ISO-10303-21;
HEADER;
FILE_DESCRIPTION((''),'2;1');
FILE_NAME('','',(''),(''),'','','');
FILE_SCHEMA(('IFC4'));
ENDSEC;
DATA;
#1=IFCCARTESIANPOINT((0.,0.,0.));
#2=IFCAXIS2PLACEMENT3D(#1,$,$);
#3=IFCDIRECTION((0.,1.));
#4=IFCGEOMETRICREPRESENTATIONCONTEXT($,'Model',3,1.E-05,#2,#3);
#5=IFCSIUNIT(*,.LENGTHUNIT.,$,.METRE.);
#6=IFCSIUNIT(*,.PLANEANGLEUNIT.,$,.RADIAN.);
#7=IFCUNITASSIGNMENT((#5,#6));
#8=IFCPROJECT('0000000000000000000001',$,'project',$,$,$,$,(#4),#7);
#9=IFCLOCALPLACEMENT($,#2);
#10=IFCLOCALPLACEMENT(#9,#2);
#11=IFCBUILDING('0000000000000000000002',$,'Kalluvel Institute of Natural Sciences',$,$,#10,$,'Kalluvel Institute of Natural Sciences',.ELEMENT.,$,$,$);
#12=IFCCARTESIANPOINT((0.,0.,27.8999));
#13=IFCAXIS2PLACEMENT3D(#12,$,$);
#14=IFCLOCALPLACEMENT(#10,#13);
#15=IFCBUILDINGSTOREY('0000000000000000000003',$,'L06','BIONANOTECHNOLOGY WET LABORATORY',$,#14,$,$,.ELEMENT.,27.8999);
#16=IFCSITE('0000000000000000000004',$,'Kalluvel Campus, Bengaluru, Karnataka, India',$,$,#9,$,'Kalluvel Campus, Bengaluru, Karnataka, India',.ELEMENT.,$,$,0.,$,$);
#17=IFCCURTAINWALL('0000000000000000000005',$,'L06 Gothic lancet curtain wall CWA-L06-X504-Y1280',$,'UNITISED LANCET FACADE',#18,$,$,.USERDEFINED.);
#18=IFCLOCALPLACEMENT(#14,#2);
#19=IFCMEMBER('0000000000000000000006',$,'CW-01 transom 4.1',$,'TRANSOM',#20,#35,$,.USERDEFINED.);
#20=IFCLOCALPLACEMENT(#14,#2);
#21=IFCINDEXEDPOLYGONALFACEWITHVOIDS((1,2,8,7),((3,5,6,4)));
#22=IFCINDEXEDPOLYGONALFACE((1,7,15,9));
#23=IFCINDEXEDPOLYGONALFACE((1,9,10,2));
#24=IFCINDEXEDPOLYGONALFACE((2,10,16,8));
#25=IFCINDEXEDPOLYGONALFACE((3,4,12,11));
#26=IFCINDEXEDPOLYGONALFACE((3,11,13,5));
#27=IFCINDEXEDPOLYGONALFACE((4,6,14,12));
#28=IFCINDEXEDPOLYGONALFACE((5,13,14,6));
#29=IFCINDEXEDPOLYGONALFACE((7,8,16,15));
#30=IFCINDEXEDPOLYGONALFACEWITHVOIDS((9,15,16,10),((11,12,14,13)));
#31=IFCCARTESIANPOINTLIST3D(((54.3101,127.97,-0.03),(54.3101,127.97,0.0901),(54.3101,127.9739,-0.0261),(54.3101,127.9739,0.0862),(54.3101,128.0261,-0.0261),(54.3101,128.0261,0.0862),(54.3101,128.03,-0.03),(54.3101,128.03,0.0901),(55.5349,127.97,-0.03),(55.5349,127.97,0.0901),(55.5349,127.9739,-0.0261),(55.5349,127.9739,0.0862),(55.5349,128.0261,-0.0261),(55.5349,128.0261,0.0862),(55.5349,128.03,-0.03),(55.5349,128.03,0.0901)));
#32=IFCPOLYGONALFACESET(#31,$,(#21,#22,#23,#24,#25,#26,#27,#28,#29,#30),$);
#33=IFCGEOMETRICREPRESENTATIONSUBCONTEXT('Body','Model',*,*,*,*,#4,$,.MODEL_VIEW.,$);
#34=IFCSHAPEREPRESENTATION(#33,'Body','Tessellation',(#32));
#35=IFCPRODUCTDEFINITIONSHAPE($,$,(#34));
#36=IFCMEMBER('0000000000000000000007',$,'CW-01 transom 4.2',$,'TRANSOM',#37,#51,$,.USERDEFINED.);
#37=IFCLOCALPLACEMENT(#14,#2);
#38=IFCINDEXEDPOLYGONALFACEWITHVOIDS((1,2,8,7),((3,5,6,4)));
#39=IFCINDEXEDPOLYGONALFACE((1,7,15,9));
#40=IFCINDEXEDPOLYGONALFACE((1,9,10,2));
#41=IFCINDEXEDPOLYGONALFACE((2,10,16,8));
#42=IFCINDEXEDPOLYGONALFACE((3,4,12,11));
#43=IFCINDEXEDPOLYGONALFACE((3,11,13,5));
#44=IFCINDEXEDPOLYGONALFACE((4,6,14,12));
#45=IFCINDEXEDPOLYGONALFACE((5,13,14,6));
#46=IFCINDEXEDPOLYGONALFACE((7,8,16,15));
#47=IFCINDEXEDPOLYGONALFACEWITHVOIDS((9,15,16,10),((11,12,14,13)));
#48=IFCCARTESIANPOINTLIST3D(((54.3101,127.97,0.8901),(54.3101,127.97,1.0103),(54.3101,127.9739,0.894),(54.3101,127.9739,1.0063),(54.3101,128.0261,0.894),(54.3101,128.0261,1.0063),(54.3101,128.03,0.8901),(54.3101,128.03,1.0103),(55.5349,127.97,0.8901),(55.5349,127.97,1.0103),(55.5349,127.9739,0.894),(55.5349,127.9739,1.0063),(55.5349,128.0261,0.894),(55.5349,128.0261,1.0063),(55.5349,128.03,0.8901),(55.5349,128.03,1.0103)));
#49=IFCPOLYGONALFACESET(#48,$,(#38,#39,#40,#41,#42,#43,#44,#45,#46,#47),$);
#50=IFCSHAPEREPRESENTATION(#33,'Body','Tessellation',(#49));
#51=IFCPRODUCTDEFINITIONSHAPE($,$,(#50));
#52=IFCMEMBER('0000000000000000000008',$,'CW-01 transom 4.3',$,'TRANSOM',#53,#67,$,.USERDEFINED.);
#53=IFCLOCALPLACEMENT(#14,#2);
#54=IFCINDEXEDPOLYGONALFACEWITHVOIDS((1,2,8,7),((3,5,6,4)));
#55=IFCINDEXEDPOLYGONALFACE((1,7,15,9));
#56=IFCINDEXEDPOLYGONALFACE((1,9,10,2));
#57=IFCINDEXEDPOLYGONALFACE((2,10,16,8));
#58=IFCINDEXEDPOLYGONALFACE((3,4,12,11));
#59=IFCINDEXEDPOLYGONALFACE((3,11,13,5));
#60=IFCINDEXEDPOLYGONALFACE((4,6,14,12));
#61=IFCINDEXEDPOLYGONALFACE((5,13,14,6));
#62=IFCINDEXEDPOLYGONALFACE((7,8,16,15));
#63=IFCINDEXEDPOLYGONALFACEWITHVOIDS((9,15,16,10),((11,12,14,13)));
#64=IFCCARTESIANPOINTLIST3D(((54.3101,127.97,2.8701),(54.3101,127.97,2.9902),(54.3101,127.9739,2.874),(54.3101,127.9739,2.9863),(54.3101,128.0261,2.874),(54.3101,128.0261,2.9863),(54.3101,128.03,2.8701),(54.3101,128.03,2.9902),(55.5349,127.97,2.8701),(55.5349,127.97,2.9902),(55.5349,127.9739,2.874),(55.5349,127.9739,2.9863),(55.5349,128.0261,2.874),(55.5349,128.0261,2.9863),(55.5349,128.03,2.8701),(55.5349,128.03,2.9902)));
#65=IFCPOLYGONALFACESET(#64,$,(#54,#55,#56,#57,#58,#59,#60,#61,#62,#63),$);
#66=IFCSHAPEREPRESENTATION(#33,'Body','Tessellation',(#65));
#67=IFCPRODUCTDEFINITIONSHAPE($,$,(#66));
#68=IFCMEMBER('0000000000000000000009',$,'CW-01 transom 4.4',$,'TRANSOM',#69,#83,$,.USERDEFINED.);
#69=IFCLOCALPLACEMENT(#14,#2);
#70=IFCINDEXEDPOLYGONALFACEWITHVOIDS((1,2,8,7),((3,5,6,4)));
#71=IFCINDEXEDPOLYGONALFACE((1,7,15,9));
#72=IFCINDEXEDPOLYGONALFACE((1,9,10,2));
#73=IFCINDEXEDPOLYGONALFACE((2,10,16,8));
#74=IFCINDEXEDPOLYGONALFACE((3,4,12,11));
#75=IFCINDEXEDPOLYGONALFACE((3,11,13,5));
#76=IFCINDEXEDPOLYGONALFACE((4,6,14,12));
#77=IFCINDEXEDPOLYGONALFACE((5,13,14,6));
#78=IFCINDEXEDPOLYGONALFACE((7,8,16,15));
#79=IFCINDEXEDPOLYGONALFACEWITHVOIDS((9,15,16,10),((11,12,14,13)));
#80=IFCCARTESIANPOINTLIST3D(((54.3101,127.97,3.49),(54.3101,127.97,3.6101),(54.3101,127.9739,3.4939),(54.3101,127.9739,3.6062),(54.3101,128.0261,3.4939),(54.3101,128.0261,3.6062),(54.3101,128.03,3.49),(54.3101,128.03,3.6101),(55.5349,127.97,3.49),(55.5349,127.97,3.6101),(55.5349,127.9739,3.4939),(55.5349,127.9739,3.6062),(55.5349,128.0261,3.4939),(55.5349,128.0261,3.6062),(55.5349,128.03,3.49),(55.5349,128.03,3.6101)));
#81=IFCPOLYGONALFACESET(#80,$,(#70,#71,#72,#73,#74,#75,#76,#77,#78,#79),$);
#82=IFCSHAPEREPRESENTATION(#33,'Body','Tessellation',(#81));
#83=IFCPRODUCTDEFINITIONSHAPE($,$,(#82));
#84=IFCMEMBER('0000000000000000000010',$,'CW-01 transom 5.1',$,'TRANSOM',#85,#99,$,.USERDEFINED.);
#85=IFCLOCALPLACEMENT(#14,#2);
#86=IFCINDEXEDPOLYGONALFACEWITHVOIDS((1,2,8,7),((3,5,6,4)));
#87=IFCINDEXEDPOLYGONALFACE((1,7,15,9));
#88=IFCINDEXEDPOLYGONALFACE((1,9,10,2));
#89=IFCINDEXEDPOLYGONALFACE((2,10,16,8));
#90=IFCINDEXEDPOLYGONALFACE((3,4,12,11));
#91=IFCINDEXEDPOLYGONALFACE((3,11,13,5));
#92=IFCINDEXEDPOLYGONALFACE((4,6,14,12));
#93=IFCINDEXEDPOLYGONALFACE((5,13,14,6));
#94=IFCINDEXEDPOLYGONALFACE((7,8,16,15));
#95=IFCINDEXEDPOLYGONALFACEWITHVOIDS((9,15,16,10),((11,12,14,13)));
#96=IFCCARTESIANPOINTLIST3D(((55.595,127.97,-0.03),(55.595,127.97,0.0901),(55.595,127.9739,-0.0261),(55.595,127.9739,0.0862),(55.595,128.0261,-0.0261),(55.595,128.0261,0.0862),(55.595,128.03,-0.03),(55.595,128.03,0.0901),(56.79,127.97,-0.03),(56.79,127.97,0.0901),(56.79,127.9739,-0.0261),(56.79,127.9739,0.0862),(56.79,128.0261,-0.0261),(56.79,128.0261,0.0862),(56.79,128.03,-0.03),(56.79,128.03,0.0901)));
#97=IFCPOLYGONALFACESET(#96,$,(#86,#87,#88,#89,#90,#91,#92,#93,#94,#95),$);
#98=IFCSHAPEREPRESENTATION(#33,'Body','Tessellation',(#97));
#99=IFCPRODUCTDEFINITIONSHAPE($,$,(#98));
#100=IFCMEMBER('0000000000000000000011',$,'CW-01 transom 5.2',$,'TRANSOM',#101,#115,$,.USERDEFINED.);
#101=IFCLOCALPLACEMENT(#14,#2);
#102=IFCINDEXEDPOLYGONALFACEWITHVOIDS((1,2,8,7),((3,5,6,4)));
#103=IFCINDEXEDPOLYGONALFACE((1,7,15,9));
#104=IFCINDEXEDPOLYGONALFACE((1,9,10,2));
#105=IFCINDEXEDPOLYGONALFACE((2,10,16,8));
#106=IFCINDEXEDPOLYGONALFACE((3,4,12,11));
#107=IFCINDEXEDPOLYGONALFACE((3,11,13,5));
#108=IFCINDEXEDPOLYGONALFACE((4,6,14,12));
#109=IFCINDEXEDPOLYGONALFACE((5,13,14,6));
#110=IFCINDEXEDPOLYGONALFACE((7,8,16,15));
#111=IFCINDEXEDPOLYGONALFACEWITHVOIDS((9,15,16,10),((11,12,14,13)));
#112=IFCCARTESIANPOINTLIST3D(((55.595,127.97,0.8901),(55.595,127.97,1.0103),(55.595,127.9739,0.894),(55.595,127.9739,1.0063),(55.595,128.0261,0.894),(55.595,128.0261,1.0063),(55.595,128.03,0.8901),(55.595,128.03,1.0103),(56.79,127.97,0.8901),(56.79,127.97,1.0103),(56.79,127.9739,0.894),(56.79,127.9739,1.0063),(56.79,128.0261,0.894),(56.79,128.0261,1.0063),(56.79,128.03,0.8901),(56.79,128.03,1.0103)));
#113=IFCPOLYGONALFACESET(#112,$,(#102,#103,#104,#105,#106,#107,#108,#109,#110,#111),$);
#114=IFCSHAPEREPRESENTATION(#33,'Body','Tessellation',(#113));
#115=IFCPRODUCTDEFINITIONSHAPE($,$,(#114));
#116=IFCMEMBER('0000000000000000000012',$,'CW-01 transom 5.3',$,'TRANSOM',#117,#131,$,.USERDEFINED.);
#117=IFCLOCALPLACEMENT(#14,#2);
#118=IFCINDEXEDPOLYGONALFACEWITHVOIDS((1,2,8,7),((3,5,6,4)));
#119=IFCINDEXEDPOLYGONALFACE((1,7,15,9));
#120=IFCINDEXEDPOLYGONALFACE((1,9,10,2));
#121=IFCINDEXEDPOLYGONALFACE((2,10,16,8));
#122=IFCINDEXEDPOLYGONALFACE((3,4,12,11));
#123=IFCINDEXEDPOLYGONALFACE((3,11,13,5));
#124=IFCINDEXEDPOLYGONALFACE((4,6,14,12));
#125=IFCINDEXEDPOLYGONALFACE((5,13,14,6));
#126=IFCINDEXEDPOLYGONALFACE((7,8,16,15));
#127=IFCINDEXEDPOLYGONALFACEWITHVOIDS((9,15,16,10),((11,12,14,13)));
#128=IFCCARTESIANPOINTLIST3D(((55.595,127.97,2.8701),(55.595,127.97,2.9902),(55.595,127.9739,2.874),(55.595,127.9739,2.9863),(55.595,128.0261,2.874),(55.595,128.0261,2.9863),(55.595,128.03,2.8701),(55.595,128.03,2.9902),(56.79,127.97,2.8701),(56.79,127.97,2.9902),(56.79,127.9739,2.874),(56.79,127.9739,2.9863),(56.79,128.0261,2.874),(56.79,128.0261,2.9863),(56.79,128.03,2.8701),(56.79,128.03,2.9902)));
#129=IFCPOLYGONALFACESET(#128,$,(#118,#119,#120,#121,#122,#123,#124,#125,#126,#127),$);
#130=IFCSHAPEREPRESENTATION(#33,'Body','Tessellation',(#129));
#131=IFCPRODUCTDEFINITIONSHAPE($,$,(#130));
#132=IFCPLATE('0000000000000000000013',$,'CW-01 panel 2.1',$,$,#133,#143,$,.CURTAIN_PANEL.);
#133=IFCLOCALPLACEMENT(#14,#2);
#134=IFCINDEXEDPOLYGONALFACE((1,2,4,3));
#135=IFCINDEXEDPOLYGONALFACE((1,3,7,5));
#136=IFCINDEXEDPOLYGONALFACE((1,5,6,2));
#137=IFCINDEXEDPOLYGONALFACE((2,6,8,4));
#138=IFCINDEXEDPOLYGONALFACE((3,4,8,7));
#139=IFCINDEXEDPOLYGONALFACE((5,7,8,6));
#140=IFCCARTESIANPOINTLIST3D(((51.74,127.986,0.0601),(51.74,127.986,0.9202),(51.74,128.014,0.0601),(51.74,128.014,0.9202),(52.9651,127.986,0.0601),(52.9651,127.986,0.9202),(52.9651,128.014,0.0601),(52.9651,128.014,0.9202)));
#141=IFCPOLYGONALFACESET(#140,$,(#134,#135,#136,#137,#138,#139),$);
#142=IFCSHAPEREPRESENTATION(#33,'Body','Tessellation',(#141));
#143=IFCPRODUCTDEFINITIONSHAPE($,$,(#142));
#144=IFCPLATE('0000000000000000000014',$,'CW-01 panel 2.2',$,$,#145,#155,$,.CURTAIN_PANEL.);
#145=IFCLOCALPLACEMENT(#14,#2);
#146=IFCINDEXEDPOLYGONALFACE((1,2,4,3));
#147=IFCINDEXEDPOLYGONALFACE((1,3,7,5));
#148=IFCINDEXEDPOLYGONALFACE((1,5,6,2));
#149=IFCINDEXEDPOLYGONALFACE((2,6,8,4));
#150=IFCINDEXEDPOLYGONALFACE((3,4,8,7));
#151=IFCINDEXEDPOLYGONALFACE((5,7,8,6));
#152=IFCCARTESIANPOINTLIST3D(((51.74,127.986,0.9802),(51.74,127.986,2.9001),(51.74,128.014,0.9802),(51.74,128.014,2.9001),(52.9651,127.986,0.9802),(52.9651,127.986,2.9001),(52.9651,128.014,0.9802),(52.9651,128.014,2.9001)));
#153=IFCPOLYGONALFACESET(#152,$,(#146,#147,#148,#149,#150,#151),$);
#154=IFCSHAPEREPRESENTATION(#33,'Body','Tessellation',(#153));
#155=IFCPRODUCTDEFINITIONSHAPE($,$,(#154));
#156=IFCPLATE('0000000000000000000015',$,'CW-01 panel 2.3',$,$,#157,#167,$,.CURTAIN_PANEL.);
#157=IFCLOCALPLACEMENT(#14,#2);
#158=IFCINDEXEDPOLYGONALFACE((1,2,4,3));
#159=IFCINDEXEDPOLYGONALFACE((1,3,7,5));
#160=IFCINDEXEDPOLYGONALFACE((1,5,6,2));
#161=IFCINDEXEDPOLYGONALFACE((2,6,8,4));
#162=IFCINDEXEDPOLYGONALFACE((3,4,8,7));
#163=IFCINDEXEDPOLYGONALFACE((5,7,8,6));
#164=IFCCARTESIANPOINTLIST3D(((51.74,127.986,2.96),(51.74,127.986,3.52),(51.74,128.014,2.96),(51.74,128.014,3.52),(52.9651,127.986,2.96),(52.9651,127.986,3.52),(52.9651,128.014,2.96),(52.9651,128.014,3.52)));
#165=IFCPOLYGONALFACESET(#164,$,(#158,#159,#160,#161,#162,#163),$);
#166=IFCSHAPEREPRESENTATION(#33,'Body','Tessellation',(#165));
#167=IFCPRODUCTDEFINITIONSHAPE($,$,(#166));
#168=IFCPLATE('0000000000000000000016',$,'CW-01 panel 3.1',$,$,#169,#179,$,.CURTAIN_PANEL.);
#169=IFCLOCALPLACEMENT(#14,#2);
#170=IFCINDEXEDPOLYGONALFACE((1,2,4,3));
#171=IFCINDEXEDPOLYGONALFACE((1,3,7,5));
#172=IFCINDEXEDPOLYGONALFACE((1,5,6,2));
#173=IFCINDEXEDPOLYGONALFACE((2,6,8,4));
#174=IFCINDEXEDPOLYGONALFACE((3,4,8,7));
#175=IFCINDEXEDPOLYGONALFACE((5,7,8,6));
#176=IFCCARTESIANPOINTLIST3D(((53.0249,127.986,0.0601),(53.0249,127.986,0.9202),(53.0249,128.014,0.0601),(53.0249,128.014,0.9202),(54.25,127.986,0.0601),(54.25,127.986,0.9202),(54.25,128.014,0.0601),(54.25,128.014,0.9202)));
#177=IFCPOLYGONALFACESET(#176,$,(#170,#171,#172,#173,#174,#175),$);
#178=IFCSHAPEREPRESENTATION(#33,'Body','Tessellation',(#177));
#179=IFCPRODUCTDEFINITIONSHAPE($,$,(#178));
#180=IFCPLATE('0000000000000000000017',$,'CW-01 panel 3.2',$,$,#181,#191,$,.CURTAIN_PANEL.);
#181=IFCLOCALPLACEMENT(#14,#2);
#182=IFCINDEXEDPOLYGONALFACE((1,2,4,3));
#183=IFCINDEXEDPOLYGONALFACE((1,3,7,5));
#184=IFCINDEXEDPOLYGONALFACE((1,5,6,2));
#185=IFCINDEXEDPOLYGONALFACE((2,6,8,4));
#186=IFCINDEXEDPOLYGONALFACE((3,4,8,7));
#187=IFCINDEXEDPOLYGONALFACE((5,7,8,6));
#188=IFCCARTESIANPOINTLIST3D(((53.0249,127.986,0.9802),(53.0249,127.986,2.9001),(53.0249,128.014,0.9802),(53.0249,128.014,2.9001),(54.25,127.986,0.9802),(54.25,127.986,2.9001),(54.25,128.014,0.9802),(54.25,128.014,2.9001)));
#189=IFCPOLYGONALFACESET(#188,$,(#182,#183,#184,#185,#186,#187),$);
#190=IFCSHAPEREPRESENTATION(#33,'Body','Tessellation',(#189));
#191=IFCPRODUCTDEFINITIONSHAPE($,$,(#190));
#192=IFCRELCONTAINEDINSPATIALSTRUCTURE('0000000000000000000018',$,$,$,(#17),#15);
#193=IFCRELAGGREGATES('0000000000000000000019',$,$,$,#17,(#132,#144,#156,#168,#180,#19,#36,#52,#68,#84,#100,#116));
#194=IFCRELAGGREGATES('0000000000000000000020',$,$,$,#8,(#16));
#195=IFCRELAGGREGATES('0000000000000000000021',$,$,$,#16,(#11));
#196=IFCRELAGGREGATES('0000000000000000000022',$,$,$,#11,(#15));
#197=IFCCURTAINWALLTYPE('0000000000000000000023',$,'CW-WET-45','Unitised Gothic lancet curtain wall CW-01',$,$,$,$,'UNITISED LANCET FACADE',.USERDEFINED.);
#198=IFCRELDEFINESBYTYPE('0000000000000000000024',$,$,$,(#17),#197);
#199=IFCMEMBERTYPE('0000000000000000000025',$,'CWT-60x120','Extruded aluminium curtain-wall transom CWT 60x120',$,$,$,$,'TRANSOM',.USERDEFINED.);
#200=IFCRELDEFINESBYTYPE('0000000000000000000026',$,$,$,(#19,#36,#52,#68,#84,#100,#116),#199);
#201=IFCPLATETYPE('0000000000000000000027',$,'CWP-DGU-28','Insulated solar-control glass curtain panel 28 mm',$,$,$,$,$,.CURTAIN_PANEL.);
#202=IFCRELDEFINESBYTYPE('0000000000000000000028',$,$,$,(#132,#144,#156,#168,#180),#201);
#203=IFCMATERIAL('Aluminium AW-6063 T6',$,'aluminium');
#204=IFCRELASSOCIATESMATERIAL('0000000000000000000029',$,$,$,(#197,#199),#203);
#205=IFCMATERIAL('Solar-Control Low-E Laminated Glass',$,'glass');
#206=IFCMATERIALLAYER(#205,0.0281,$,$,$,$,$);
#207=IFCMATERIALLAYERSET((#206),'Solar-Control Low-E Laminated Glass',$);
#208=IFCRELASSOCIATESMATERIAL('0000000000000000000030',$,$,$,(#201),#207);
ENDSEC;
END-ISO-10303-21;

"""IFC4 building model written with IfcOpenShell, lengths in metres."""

from ifc_helpers import new_model, si_unit, direction, frame, origin, origin_2d, place, context, subcontext, project, spatial, rectangle, hollow_rectangle, extrude, material, layer, layer_set, material_profile, profile_set, type_object, element, aggregate, save


model = new_model("IFC4")

# Units and contexts
model_context = context("Model", 3, precision=1e-05, world=origin(), true_north=direction((0.0, 1.0)))
body_context = subcontext(model_context, "Body", "Model", "MODEL_VIEW")
ifc_project = project(units=[si_unit("LENGTHUNIT", "METRE"), si_unit("PLANEANGLEUNIT", "RADIAN")], contexts=[model_context])

# Site, building, storey
site_placement = place(None, origin())
site = spatial("IfcSite", under=ifc_project, at=site_placement, Name="Kalluvel Campus, Bengaluru, Karnataka, India", LongName="Kalluvel Campus, Bengaluru, Karnataka, India", CompositionType="ELEMENT", RefElevation=0.0)
building_placement = place(site_placement, origin())
building = spatial("IfcBuilding", under=site, at=building_placement, Name="Kalluvel Institute of Natural Sciences", LongName="Kalluvel Institute of Natural Sciences", CompositionType="ELEMENT")
storey_placement = place(building_placement, frame((0.0, 0.0, 27.8999)))
storey = spatial("IfcBuildingStorey", under=building, at=storey_placement, Name="L06", Description="BIONANOTECHNOLOGY WET LABORATORY", CompositionType="ELEMENT", Elevation=27.8999)

# Curtain wall, members, plates
ifc_material_1 = material(Name="Aluminium AW-6063 T6", Category="aluminium")
curtain_wall_type = type_object("IfcCurtainWallType", Name="CW-WET-45", Description="Unitised Gothic lancet curtain wall CW-01", ElementType="UNITISED LANCET FACADE", PredefinedType="USERDEFINED", material=ifc_material_1)
curtain_wall_placement = place(storey_placement, origin())
curtain_wall = element("IfcCurtainWall", 1, at=curtain_wall_placement, inside=storey, type_object=curtain_wall_type, Name="L06 Gothic lancet curtain wall CWA-L06-X504-Y1280", ObjectType="UNITISED LANCET FACADE", PredefinedType="USERDEFINED")
ifc_material_profile_1 = material_profile(ifc_material_1, hollow_rectangle(XDim=0.0601, YDim=0.1201, WallThickness=0.0039, at=origin_2d()), Name="CWT 60x120")
ifc_profile_set_1 = profile_set([ifc_material_profile_1], Name="Aluminium AW-6063 T6")
member_type_1 = type_object("IfcMemberType", Name="CWT-60x120", Description="Extruded aluminium curtain-wall transom CWT 60x120", ElementType="TRANSOM", PredefinedType="USERDEFINED", material=ifc_profile_set_1)
member_1_placement = place(storey_placement, frame((54.3101, 128.0, 0.03), z_axis=(1.0, 0.0, 0.0), x_axis=(0.0, 1.0, 0.0)))
member_1 = element("IfcMember", 2, at=member_1_placement, type_object=member_type_1, Name="CW-01 transom 4.1", ObjectType="TRANSOM", PredefinedType="USERDEFINED", context=body_context, shape_type="SweptSolid", body=[
    extrude(hollow_rectangle(XDim=0.0601, YDim=0.1201, WallThickness=0.0039, at=origin_2d()), origin(), (0.0, 0.0, 1.0), 1.2249),
])
member_2_placement = place(storey_placement, frame((54.3101, 128.0, 0.9502), z_axis=(1.0, 0.0, 0.0), x_axis=(0.0, 1.0, 0.0)))
member_2 = element("IfcMember", 3, at=member_2_placement, type_object=member_type_1, Name="CW-01 transom 4.2", ObjectType="TRANSOM", PredefinedType="USERDEFINED", context=body_context, shape_type="SweptSolid", body=[
    extrude(hollow_rectangle(XDim=0.0601, YDim=0.1201, WallThickness=0.0039, at=origin_2d()), origin(), (0.0, 0.0, 1.0), 1.2249),
])
member_3_placement = place(storey_placement, frame((54.3101, 128.0, 2.9302), z_axis=(1.0, 0.0, 0.0), x_axis=(0.0, 1.0, 0.0)))
member_3 = element("IfcMember", 4, at=member_3_placement, type_object=member_type_1, Name="CW-01 transom 4.3", ObjectType="TRANSOM", PredefinedType="USERDEFINED", context=body_context, shape_type="SweptSolid", body=[
    extrude(hollow_rectangle(XDim=0.0601, YDim=0.1201, WallThickness=0.0039, at=origin_2d()), origin(), (0.0, 0.0, 1.0), 1.2249),
])
member_4_placement = place(storey_placement, frame((54.3101, 128.0, 3.55), z_axis=(1.0, 0.0, 0.0), x_axis=(0.0, 1.0, 0.0)))
member_4 = element("IfcMember", 5, at=member_4_placement, type_object=member_type_1, Name="CW-01 transom 4.4", ObjectType="TRANSOM", PredefinedType="USERDEFINED", context=body_context, shape_type="SweptSolid", body=[
    extrude(hollow_rectangle(XDim=0.0601, YDim=0.1201, WallThickness=0.0039, at=origin_2d()), origin(), (0.0, 0.0, 1.0), 1.2249),
])
member_5_placement = place(storey_placement, frame((55.595, 128.0, 0.03), z_axis=(1.0, 0.0, 0.0), x_axis=(0.0, 1.0, 0.0)))
member_5 = element("IfcMember", 6, at=member_5_placement, type_object=member_type_1, Name="CW-01 transom 5.1", ObjectType="TRANSOM", PredefinedType="USERDEFINED", context=body_context, shape_type="SweptSolid", body=[
    extrude(hollow_rectangle(XDim=0.0601, YDim=0.1201, WallThickness=0.0039, at=origin_2d()), origin(), (0.0, 0.0, 1.0), 1.1951),
])
member_6_placement = place(storey_placement, frame((55.595, 128.0, 0.9502), z_axis=(1.0, 0.0, 0.0), x_axis=(0.0, 1.0, 0.0)))
member_6 = element("IfcMember", 7, at=member_6_placement, type_object=member_type_1, Name="CW-01 transom 5.2", ObjectType="TRANSOM", PredefinedType="USERDEFINED", context=body_context, shape_type="SweptSolid", body=[
    extrude(hollow_rectangle(XDim=0.0601, YDim=0.1201, WallThickness=0.0039, at=origin_2d()), origin(), (0.0, 0.0, 1.0), 1.1951),
])
member_7_placement = place(storey_placement, frame((55.595, 128.0, 2.9302), z_axis=(1.0, 0.0, 0.0), x_axis=(0.0, 1.0, 0.0)))
member_7 = element("IfcMember", 8, at=member_7_placement, type_object=member_type_1, Name="CW-01 transom 5.3", ObjectType="TRANSOM", PredefinedType="USERDEFINED", context=body_context, shape_type="SweptSolid", body=[
    extrude(hollow_rectangle(XDim=0.0601, YDim=0.1201, WallThickness=0.0039, at=origin_2d()), origin(), (0.0, 0.0, 1.0), 1.1951),
])
ifc_material_2 = material(Name="Solar-Control Low-E Laminated Glass", Category="glass")
ifc_layer = layer(ifc_material_2, 0.0281)
ifc_layer_set = layer_set([ifc_layer], Name="Solar-Control Low-E Laminated Glass")
plate_type = type_object("IfcPlateType", Name="CWP-DGU-28", Description="Insulated solar-control glass curtain panel 28 mm", PredefinedType="CURTAIN_PANEL", material=ifc_layer_set)
plate_1_placement = place(storey_placement, frame((52.3525, 128.0, 0.0601), z_axis=(0.0, 0.0, 1.0), x_axis=(1.0, 0.0, 0.0)))
plate_1 = element("IfcPlate", 9, at=plate_1_placement, type_object=plate_type, Name="CW-01 panel 2.1", PredefinedType="CURTAIN_PANEL", context=body_context, shape_type="SweptSolid", body=[
    extrude(rectangle(XDim=1.2251, YDim=0.0281, at=origin_2d()), origin(), (0.0, 0.0, 1.0), 0.8601),
])
plate_2_placement = place(storey_placement, frame((52.3525, 128.0, 0.9802), z_axis=(0.0, 0.0, 1.0), x_axis=(1.0, 0.0, 0.0)))
plate_2 = element("IfcPlate", 10, at=plate_2_placement, type_object=plate_type, Name="CW-01 panel 2.2", PredefinedType="CURTAIN_PANEL", context=body_context, shape_type="SweptSolid", body=[
    extrude(rectangle(XDim=1.2251, YDim=0.0281, at=origin_2d()), origin(), (0.0, 0.0, 1.0), 1.9199),
])
plate_3_placement = place(storey_placement, frame((52.3525, 128.0, 2.96), z_axis=(0.0, 0.0, 1.0), x_axis=(1.0, 0.0, 0.0)))
plate_3 = element("IfcPlate", 11, at=plate_3_placement, type_object=plate_type, Name="CW-01 panel 2.3", PredefinedType="CURTAIN_PANEL", context=body_context, shape_type="SweptSolid", body=[
    extrude(rectangle(XDim=1.2251, YDim=0.0281, at=origin_2d()), origin(), (0.0, 0.0, 1.0), 0.5601),
])
plate_4_placement = place(storey_placement, frame((53.6375, 128.0, 0.0601), z_axis=(0.0, 0.0, 1.0), x_axis=(1.0, 0.0, 0.0)))
plate_4 = element("IfcPlate", 12, at=plate_4_placement, type_object=plate_type, Name="CW-01 panel 3.1", PredefinedType="CURTAIN_PANEL", context=body_context, shape_type="SweptSolid", body=[
    extrude(rectangle(XDim=1.2251, YDim=0.0281, at=origin_2d()), origin(), (0.0, 0.0, 1.0), 0.8601),
])
plate_5_placement = place(storey_placement, frame((53.6375, 128.0, 0.9802), z_axis=(0.0, 0.0, 1.0), x_axis=(1.0, 0.0, 0.0)))
plate_5 = element("IfcPlate", 13, at=plate_5_placement, type_object=plate_type, Name="CW-01 panel 3.2", PredefinedType="CURTAIN_PANEL", context=body_context, shape_type="SweptSolid", body=[
    extrude(rectangle(XDim=1.2251, YDim=0.0281, at=origin_2d()), origin(), (0.0, 0.0, 1.0), 1.9199),
])
aggregate(curtain_wall, [plate_1, plate_2, plate_3, plate_4, plate_5, member_1, member_2, member_3, member_4, member_5, member_6, member_7])

save(model, "model.ifc")
